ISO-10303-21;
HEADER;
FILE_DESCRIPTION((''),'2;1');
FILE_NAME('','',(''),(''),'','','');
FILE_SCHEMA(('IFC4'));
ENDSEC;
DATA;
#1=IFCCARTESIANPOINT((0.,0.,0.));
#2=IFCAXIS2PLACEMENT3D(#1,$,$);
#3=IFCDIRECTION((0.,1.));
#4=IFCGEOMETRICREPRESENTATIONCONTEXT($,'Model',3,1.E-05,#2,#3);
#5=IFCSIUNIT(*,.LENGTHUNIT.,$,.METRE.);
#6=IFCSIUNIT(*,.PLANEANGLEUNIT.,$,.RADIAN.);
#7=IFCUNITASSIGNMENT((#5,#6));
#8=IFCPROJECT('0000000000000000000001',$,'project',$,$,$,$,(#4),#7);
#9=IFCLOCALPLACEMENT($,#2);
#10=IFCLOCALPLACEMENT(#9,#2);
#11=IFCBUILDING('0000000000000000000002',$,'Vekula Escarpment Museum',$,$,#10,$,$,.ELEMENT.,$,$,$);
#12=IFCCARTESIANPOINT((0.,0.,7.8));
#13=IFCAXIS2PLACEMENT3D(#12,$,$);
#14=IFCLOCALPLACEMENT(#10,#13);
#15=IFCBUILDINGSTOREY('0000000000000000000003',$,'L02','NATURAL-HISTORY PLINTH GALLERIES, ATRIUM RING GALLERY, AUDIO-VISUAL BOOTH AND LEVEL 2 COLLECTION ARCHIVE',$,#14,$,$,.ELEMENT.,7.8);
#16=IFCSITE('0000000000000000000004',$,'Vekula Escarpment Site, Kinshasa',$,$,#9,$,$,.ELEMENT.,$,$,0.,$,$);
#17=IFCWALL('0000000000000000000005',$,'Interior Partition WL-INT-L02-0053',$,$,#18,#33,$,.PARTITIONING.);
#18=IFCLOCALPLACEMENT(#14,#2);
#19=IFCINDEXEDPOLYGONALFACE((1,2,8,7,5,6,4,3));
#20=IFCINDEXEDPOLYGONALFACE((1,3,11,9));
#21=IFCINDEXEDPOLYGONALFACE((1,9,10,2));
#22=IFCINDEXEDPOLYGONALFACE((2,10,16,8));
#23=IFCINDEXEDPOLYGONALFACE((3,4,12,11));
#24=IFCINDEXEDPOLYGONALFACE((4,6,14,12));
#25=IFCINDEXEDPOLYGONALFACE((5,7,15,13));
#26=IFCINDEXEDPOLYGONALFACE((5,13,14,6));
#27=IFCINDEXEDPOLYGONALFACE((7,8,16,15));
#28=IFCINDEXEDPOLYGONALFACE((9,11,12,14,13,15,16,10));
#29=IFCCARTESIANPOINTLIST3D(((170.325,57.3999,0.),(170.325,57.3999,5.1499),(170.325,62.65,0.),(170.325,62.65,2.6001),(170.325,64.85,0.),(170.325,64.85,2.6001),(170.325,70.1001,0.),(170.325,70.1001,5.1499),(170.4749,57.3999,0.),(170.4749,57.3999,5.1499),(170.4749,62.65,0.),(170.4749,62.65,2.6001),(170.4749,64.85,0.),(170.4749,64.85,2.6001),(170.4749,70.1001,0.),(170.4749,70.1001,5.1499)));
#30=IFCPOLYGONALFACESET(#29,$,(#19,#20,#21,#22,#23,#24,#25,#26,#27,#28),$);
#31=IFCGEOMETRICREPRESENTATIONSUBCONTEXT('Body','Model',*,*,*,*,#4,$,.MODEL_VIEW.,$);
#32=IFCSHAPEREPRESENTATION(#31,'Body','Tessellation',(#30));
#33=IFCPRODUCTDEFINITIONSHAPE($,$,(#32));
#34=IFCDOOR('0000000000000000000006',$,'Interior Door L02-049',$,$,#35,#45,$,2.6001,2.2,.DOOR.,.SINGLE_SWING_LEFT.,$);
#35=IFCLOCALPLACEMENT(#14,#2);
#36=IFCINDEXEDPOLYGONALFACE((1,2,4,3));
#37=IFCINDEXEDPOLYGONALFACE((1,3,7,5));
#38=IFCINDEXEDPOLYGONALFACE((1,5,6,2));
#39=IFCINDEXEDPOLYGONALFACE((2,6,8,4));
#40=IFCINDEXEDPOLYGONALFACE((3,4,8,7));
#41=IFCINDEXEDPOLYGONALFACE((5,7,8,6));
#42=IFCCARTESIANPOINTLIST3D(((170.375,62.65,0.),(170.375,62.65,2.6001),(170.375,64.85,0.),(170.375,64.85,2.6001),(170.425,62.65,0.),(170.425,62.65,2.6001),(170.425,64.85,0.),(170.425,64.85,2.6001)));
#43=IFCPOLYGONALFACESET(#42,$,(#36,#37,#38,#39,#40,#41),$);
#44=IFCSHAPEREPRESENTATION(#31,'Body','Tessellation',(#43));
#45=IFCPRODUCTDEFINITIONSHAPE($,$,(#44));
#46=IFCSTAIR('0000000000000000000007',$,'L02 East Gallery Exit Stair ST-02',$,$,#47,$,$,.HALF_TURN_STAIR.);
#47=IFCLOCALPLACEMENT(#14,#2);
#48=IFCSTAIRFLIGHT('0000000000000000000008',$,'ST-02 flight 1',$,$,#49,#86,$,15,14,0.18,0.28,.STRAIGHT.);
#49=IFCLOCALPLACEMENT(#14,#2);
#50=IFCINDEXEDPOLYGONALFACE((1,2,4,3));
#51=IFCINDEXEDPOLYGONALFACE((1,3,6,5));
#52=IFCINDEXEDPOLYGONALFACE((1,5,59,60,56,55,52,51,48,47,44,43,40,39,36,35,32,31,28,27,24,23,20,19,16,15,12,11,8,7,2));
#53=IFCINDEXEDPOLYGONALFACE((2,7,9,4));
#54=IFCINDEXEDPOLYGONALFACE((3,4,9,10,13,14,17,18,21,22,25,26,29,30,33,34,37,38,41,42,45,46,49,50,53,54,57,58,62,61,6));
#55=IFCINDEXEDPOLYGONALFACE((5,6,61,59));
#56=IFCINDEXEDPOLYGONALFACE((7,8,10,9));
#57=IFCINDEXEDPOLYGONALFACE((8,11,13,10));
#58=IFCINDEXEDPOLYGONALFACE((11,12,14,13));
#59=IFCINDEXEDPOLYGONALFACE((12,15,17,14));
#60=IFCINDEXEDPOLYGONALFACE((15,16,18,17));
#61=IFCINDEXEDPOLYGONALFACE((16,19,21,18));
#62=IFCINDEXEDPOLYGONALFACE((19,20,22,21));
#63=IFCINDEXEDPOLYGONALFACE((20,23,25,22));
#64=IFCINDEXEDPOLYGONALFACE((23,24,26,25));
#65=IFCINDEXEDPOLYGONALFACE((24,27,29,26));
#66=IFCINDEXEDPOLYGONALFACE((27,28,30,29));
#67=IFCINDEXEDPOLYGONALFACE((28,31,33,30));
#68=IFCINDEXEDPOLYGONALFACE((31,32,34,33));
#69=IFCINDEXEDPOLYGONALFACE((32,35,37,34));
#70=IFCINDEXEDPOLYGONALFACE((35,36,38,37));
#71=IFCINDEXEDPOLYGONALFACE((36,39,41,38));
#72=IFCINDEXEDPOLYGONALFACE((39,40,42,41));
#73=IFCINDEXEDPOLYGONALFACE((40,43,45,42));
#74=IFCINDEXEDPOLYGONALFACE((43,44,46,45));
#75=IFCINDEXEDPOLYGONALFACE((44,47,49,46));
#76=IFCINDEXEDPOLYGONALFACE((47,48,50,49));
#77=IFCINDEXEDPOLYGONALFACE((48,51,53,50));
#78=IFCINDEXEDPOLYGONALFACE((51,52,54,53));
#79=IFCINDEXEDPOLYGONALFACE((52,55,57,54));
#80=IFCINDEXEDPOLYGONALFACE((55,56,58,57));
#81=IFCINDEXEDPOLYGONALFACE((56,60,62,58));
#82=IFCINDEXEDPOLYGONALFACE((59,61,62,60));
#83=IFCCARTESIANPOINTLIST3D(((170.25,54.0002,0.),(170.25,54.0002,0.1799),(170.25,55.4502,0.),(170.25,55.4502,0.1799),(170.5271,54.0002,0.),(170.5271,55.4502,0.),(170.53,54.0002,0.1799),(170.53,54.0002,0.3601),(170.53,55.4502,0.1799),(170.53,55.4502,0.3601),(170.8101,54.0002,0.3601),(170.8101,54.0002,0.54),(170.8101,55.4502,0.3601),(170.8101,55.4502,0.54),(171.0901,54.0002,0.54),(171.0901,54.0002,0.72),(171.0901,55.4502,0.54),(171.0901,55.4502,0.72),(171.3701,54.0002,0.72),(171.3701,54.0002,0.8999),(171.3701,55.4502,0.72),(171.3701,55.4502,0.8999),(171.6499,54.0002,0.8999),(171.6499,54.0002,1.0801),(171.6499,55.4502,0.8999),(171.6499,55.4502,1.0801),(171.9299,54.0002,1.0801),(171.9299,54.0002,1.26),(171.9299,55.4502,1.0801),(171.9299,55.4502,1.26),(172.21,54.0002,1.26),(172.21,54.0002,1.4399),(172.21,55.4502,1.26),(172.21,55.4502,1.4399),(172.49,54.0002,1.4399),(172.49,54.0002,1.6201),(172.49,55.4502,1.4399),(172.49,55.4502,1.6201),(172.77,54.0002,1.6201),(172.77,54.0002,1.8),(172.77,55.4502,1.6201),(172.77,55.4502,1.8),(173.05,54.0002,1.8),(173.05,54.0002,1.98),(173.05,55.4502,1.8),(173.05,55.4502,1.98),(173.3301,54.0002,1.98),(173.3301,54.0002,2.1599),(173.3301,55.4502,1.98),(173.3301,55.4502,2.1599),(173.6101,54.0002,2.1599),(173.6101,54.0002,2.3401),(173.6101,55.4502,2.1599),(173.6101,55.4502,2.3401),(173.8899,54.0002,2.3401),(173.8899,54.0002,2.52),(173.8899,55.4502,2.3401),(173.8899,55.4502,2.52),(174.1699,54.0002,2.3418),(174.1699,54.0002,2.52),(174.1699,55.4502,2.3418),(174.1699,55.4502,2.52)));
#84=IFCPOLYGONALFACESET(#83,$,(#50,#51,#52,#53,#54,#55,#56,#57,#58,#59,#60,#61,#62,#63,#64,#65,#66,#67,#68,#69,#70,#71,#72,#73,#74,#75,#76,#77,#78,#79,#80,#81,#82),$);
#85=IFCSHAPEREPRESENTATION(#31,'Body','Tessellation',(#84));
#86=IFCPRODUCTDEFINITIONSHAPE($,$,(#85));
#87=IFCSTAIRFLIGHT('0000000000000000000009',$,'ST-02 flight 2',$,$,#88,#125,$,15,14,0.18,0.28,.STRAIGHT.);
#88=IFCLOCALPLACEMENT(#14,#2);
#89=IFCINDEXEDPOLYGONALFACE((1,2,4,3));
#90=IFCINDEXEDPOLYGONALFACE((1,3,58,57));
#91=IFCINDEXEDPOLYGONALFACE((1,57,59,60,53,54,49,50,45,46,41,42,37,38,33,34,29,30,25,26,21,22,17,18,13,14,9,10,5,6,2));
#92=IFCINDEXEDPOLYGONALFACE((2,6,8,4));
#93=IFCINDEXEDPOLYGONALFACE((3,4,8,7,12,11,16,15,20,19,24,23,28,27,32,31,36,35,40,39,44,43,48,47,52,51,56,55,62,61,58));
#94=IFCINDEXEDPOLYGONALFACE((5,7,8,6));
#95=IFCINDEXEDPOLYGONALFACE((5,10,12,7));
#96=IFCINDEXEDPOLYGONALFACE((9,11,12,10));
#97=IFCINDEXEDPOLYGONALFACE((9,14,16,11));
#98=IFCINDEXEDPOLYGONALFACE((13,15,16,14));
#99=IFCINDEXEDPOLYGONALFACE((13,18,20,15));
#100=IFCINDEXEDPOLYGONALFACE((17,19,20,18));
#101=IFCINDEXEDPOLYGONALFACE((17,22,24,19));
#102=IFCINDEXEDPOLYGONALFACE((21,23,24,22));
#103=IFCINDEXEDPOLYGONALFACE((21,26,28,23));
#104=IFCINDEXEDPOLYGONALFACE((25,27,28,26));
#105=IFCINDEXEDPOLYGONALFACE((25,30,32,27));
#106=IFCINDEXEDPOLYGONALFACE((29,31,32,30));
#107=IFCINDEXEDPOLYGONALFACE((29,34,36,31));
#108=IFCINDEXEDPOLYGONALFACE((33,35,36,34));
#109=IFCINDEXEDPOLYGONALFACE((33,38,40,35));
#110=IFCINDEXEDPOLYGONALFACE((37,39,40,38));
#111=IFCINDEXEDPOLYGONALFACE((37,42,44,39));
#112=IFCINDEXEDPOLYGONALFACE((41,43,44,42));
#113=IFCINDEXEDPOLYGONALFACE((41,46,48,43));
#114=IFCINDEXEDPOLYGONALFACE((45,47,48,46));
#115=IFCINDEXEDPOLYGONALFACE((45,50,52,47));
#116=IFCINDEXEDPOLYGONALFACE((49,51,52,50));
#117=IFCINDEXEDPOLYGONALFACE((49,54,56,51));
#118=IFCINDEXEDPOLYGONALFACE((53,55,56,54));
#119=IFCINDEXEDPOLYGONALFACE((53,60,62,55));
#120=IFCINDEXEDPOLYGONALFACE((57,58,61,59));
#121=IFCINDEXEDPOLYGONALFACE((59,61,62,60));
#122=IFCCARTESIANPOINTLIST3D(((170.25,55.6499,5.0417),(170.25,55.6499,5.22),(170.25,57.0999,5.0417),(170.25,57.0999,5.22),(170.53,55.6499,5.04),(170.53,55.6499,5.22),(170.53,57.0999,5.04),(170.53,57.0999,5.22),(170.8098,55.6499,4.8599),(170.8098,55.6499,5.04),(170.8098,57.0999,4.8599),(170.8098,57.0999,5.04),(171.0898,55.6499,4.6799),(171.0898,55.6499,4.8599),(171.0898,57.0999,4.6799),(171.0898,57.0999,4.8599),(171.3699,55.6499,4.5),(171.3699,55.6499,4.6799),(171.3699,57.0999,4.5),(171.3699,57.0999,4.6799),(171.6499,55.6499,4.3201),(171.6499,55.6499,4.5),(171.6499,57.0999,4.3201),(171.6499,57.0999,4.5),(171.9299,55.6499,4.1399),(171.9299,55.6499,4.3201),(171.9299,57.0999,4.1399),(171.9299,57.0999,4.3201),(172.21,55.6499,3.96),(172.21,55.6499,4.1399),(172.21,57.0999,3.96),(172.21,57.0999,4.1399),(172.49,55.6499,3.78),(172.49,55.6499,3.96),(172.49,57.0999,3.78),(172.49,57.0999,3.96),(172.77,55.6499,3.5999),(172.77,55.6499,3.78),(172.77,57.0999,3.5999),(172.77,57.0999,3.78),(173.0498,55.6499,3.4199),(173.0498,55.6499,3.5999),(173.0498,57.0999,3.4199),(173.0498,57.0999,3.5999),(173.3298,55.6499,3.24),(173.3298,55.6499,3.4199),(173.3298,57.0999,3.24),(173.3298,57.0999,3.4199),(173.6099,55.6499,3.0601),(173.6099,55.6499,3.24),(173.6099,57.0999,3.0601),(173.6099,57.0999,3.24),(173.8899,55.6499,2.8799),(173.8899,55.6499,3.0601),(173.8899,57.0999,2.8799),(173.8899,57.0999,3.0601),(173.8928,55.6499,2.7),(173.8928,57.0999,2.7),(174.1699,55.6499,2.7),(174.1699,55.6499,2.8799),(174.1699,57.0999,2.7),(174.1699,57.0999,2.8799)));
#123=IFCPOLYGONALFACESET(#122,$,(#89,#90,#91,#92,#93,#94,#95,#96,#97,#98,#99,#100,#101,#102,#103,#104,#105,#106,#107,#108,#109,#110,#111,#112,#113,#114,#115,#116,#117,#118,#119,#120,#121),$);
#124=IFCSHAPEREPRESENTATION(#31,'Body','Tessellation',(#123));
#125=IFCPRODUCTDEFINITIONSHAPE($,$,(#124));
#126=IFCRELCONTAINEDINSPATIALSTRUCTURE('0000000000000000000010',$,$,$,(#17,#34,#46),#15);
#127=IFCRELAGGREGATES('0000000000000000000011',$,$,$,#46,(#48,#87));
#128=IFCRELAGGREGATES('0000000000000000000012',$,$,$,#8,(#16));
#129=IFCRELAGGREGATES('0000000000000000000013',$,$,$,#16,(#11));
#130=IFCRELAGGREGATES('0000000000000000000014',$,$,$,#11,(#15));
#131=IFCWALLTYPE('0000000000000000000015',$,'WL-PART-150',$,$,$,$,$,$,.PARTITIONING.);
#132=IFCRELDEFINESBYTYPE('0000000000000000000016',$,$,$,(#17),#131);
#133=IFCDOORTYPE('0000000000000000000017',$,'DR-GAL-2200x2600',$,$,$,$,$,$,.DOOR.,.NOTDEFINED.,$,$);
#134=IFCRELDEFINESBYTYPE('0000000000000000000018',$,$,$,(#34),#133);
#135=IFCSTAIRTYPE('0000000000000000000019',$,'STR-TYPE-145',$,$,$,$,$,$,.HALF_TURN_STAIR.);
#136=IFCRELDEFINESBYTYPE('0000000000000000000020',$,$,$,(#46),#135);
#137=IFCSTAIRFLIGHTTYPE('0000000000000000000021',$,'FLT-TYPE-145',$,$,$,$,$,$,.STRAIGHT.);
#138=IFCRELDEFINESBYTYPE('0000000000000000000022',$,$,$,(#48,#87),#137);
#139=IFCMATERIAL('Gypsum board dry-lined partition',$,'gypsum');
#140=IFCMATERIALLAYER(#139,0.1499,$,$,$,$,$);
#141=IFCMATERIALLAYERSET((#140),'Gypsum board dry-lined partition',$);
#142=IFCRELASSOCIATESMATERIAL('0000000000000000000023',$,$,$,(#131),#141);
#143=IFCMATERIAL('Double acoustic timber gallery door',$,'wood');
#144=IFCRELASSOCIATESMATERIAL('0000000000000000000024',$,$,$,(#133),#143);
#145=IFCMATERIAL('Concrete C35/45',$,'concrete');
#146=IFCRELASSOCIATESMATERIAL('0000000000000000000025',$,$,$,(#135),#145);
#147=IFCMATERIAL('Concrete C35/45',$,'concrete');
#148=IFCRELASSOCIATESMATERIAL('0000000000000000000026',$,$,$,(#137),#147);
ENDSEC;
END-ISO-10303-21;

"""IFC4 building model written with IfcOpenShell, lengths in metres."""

from ifc_helpers import new_model, si_unit, direction, frame, frame_2d, origin, place, context, subcontext, project, spatial, polyline, rectangle, outline, extrude, material, layer, layer_set, type_object, element, fill, aggregate, save


model = new_model("IFC4")

# Units and contexts
model_context = context("Model", 3, precision=1e-05, world=origin(), true_north=direction((0.0, 1.0)))
body_context = subcontext(model_context, "Body", "Model", "MODEL_VIEW")
ifc_project = project(units=[si_unit("LENGTHUNIT", "METRE"), si_unit("PLANEANGLEUNIT", "RADIAN")], contexts=[model_context])

# Site, building, storey
site_placement = place(None, origin())
site = spatial("IfcSite", under=ifc_project, at=site_placement, Name="Vekula Escarpment Site, Kinshasa", CompositionType="ELEMENT", RefElevation=0.0)
building_placement = place(site_placement, origin())
building = spatial("IfcBuilding", under=site, at=building_placement, Name="Vekula Escarpment Museum", CompositionType="ELEMENT")
storey_placement = place(building_placement, frame((0.0, 0.0, 7.8)))
storey = spatial("IfcBuildingStorey", under=building, at=storey_placement, Name="L02", Description="NATURAL-HISTORY PLINTH GALLERIES, ATRIUM RING GALLERY, AUDIO-VISUAL BOOTH AND LEVEL 2 COLLECTION ARCHIVE", CompositionType="ELEMENT", Elevation=7.8)

# Wall, opening, door
ifc_material_1 = material(Name="Gypsum board dry-lined partition", Category="gypsum")
ifc_layer_1 = layer(ifc_material_1, 0.1499)
ifc_layer_set_1 = layer_set([ifc_layer_1], Name="Gypsum board dry-lined partition")
wall_type_1 = type_object("IfcWallType", Name="WL-PART-150", PredefinedType="PARTITIONING", material=ifc_layer_set_1)
wall_1_placement = place(storey_placement, frame((170.3999, 57.3999, 0.0), z_axis=(0.0, 0.0, 1.0), x_axis=(0.0, 1.0, 0.0)))
wall_1 = element("IfcWall", 1, at=wall_1_placement, inside=storey, type_object=wall_type_1, Name="Interior Partition WL-INT-L02-0053", PredefinedType="PARTITIONING", context=body_context, shape_type="SweptSolid", body=[
    extrude(rectangle(XDim=12.7002, YDim=0.1499, at=frame_2d((6.3501, 0.0))), origin(), (0.0, 0.0, 1.0), 5.1499),
])
opening_1_placement = place(wall_1_placement, frame((5.25, 0.0, 0.0)))
opening_1 = element("IfcOpeningElement", 2, at=opening_1_placement, cuts=wall_1, PredefinedType="OPENING", context=body_context, shape_type="SweptSolid", body=[
    extrude(rectangle(XDim=2.2, YDim=2.6001, at=frame_2d((1.1001, 1.3))), frame((0.0, 0.085, 0.0), z_axis=(0.0, -1.0, 0.0), x_axis=(1.0, 0.0, 0.0)), (0.0, 0.0, 1.0), 0.1699),
])
ifc_material_2 = material(Name="Double acoustic timber gallery door", Category="wood")
door_type_1 = type_object("IfcDoorType", Name="DR-GAL-2200x2600", OperationType="NOTDEFINED", PredefinedType="DOOR", material=ifc_material_2)
door_1_placement = place(opening_1_placement, origin())
door_1 = element("IfcDoor", 3, at=door_1_placement, inside=storey, type_object=door_type_1, Name="Interior Door L02-049", OperationType="SINGLE_SWING_LEFT", OverallHeight=2.6001, OverallWidth=2.2, PredefinedType="DOOR", context=body_context, shape_type="SweptSolid", body=[
    extrude(rectangle(XDim=2.2, YDim=2.6001, at=frame_2d((1.1001, 1.3))), frame((0.0, 0.0249, 0.0), z_axis=(0.0, -1.0, 0.0), x_axis=(1.0, 0.0, 0.0)), (0.0, 0.0, 1.0), 0.05),
])
fill(opening_1, door_1)

# Stair, stair flights
ifc_material_3 = material(Name="Concrete C35/45", Category="concrete")
stair_type = type_object("IfcStairType", Name="STR-TYPE-145", PredefinedType="HALF_TURN_STAIR", material=ifc_material_3)
stair_placement = place(storey_placement, origin())
stair = element("IfcStair", 4, at=stair_placement, inside=storey, type_object=stair_type, Name="L02 East Gallery Exit Stair ST-02", PredefinedType="HALF_TURN_STAIR")
ifc_material_4 = material(Name="Concrete C35/45", Category="concrete")
stair_flight_type = type_object("IfcStairFlightType", Name="FLT-TYPE-145", PredefinedType="STRAIGHT", material=ifc_material_4)
stair_flight_1_placement = place(storey_placement, frame((170.25, 54.7251, 0.0), z_axis=(0.0, 0.0, 1.0), x_axis=(1.0, 0.0, 0.0)))
stair_flight_1 = element("IfcStairFlight", 5, at=stair_flight_1_placement, type_object=stair_flight_type, Name="ST-02 flight 1", NumberOfRisers=15, NumberOfTreads=14, PredefinedType="STRAIGHT", RiserHeight=0.18, TreadLength=0.28, context=body_context, shape_type="SweptSolid", body=[
    extrude(outline(polyline([(0.0, 0.0), (0.0, 0.1799), (0.28, 0.1799), (0.28, 0.3601), (0.5601, 0.3601), (0.5601, 0.54), (0.8401, 0.54), (0.8401, 0.72), (1.1201, 0.72), (1.1201, 0.8999), (1.3999, 0.8999), (1.3999, 1.0801), (1.6799, 1.0801), (1.6799, 1.26), (1.96, 1.26), (1.96, 1.4399), (2.24, 1.4399), (2.24, 1.6201), (2.52, 1.6201), (2.52, 1.8), (2.8, 1.8), (2.8, 1.98), (3.0801, 1.98), (3.0801, 2.1599), (3.3601, 2.1599), (3.3601, 2.3401), (3.6399, 2.3401), (3.6399, 2.52), (3.9199, 2.52), (3.9199, 2.7), (3.9199, 2.3418), (0.2771, 0.0), (0.0, 0.0)])), frame((0.0, 0.7251, 0.0), z_axis=(0.0, -1.0, 0.0), x_axis=(1.0, 0.0, 0.0)), (0.0, 0.0, 1.0), 1.45),
])
stair_flight_2_placement = place(storey_placement, frame((174.1699, 56.375, 2.7), z_axis=(0.0, 0.0, 1.0), x_axis=(-1.0, 0.0, 0.0)))
stair_flight_2 = element("IfcStairFlight", 6, at=stair_flight_2_placement, type_object=stair_flight_type, Name="ST-02 flight 2", NumberOfRisers=15, NumberOfTreads=14, PredefinedType="STRAIGHT", RiserHeight=0.18, TreadLength=0.28, context=body_context, shape_type="SweptSolid", body=[
    extrude(outline(polyline([(0.0, 0.0), (0.0, 0.1799), (0.28, 0.1799), (0.28, 0.3601), (0.5601, 0.3601), (0.5601, 0.54), (0.8401, 0.54), (0.8401, 0.72), (1.1201, 0.72), (1.1201, 0.8999), (1.3999, 0.8999), (1.3999, 1.0801), (1.6799, 1.0801), (1.6799, 1.26), (1.96, 1.26), (1.96, 1.4399), (2.24, 1.4399), (2.24, 1.6201), (2.52, 1.6201), (2.52, 1.8), (2.8, 1.8), (2.8, 1.98), (3.0801, 1.98), (3.0801, 2.1599), (3.3601, 2.1599), (3.3601, 2.3401), (3.6399, 2.3401), (3.6399, 2.52), (3.9199, 2.52), (3.9199, 2.7), (3.9199, 2.3418), (0.2771, 0.0), (0.0, 0.0)])), frame((0.0, 0.7251, 0.0), z_axis=(0.0, -1.0, 0.0), x_axis=(1.0, 0.0, 0.0)), (0.0, 0.0, 1.0), 1.45),
])
aggregate(stair, [stair_flight_1, stair_flight_2])

save(model, "model.ifc")
